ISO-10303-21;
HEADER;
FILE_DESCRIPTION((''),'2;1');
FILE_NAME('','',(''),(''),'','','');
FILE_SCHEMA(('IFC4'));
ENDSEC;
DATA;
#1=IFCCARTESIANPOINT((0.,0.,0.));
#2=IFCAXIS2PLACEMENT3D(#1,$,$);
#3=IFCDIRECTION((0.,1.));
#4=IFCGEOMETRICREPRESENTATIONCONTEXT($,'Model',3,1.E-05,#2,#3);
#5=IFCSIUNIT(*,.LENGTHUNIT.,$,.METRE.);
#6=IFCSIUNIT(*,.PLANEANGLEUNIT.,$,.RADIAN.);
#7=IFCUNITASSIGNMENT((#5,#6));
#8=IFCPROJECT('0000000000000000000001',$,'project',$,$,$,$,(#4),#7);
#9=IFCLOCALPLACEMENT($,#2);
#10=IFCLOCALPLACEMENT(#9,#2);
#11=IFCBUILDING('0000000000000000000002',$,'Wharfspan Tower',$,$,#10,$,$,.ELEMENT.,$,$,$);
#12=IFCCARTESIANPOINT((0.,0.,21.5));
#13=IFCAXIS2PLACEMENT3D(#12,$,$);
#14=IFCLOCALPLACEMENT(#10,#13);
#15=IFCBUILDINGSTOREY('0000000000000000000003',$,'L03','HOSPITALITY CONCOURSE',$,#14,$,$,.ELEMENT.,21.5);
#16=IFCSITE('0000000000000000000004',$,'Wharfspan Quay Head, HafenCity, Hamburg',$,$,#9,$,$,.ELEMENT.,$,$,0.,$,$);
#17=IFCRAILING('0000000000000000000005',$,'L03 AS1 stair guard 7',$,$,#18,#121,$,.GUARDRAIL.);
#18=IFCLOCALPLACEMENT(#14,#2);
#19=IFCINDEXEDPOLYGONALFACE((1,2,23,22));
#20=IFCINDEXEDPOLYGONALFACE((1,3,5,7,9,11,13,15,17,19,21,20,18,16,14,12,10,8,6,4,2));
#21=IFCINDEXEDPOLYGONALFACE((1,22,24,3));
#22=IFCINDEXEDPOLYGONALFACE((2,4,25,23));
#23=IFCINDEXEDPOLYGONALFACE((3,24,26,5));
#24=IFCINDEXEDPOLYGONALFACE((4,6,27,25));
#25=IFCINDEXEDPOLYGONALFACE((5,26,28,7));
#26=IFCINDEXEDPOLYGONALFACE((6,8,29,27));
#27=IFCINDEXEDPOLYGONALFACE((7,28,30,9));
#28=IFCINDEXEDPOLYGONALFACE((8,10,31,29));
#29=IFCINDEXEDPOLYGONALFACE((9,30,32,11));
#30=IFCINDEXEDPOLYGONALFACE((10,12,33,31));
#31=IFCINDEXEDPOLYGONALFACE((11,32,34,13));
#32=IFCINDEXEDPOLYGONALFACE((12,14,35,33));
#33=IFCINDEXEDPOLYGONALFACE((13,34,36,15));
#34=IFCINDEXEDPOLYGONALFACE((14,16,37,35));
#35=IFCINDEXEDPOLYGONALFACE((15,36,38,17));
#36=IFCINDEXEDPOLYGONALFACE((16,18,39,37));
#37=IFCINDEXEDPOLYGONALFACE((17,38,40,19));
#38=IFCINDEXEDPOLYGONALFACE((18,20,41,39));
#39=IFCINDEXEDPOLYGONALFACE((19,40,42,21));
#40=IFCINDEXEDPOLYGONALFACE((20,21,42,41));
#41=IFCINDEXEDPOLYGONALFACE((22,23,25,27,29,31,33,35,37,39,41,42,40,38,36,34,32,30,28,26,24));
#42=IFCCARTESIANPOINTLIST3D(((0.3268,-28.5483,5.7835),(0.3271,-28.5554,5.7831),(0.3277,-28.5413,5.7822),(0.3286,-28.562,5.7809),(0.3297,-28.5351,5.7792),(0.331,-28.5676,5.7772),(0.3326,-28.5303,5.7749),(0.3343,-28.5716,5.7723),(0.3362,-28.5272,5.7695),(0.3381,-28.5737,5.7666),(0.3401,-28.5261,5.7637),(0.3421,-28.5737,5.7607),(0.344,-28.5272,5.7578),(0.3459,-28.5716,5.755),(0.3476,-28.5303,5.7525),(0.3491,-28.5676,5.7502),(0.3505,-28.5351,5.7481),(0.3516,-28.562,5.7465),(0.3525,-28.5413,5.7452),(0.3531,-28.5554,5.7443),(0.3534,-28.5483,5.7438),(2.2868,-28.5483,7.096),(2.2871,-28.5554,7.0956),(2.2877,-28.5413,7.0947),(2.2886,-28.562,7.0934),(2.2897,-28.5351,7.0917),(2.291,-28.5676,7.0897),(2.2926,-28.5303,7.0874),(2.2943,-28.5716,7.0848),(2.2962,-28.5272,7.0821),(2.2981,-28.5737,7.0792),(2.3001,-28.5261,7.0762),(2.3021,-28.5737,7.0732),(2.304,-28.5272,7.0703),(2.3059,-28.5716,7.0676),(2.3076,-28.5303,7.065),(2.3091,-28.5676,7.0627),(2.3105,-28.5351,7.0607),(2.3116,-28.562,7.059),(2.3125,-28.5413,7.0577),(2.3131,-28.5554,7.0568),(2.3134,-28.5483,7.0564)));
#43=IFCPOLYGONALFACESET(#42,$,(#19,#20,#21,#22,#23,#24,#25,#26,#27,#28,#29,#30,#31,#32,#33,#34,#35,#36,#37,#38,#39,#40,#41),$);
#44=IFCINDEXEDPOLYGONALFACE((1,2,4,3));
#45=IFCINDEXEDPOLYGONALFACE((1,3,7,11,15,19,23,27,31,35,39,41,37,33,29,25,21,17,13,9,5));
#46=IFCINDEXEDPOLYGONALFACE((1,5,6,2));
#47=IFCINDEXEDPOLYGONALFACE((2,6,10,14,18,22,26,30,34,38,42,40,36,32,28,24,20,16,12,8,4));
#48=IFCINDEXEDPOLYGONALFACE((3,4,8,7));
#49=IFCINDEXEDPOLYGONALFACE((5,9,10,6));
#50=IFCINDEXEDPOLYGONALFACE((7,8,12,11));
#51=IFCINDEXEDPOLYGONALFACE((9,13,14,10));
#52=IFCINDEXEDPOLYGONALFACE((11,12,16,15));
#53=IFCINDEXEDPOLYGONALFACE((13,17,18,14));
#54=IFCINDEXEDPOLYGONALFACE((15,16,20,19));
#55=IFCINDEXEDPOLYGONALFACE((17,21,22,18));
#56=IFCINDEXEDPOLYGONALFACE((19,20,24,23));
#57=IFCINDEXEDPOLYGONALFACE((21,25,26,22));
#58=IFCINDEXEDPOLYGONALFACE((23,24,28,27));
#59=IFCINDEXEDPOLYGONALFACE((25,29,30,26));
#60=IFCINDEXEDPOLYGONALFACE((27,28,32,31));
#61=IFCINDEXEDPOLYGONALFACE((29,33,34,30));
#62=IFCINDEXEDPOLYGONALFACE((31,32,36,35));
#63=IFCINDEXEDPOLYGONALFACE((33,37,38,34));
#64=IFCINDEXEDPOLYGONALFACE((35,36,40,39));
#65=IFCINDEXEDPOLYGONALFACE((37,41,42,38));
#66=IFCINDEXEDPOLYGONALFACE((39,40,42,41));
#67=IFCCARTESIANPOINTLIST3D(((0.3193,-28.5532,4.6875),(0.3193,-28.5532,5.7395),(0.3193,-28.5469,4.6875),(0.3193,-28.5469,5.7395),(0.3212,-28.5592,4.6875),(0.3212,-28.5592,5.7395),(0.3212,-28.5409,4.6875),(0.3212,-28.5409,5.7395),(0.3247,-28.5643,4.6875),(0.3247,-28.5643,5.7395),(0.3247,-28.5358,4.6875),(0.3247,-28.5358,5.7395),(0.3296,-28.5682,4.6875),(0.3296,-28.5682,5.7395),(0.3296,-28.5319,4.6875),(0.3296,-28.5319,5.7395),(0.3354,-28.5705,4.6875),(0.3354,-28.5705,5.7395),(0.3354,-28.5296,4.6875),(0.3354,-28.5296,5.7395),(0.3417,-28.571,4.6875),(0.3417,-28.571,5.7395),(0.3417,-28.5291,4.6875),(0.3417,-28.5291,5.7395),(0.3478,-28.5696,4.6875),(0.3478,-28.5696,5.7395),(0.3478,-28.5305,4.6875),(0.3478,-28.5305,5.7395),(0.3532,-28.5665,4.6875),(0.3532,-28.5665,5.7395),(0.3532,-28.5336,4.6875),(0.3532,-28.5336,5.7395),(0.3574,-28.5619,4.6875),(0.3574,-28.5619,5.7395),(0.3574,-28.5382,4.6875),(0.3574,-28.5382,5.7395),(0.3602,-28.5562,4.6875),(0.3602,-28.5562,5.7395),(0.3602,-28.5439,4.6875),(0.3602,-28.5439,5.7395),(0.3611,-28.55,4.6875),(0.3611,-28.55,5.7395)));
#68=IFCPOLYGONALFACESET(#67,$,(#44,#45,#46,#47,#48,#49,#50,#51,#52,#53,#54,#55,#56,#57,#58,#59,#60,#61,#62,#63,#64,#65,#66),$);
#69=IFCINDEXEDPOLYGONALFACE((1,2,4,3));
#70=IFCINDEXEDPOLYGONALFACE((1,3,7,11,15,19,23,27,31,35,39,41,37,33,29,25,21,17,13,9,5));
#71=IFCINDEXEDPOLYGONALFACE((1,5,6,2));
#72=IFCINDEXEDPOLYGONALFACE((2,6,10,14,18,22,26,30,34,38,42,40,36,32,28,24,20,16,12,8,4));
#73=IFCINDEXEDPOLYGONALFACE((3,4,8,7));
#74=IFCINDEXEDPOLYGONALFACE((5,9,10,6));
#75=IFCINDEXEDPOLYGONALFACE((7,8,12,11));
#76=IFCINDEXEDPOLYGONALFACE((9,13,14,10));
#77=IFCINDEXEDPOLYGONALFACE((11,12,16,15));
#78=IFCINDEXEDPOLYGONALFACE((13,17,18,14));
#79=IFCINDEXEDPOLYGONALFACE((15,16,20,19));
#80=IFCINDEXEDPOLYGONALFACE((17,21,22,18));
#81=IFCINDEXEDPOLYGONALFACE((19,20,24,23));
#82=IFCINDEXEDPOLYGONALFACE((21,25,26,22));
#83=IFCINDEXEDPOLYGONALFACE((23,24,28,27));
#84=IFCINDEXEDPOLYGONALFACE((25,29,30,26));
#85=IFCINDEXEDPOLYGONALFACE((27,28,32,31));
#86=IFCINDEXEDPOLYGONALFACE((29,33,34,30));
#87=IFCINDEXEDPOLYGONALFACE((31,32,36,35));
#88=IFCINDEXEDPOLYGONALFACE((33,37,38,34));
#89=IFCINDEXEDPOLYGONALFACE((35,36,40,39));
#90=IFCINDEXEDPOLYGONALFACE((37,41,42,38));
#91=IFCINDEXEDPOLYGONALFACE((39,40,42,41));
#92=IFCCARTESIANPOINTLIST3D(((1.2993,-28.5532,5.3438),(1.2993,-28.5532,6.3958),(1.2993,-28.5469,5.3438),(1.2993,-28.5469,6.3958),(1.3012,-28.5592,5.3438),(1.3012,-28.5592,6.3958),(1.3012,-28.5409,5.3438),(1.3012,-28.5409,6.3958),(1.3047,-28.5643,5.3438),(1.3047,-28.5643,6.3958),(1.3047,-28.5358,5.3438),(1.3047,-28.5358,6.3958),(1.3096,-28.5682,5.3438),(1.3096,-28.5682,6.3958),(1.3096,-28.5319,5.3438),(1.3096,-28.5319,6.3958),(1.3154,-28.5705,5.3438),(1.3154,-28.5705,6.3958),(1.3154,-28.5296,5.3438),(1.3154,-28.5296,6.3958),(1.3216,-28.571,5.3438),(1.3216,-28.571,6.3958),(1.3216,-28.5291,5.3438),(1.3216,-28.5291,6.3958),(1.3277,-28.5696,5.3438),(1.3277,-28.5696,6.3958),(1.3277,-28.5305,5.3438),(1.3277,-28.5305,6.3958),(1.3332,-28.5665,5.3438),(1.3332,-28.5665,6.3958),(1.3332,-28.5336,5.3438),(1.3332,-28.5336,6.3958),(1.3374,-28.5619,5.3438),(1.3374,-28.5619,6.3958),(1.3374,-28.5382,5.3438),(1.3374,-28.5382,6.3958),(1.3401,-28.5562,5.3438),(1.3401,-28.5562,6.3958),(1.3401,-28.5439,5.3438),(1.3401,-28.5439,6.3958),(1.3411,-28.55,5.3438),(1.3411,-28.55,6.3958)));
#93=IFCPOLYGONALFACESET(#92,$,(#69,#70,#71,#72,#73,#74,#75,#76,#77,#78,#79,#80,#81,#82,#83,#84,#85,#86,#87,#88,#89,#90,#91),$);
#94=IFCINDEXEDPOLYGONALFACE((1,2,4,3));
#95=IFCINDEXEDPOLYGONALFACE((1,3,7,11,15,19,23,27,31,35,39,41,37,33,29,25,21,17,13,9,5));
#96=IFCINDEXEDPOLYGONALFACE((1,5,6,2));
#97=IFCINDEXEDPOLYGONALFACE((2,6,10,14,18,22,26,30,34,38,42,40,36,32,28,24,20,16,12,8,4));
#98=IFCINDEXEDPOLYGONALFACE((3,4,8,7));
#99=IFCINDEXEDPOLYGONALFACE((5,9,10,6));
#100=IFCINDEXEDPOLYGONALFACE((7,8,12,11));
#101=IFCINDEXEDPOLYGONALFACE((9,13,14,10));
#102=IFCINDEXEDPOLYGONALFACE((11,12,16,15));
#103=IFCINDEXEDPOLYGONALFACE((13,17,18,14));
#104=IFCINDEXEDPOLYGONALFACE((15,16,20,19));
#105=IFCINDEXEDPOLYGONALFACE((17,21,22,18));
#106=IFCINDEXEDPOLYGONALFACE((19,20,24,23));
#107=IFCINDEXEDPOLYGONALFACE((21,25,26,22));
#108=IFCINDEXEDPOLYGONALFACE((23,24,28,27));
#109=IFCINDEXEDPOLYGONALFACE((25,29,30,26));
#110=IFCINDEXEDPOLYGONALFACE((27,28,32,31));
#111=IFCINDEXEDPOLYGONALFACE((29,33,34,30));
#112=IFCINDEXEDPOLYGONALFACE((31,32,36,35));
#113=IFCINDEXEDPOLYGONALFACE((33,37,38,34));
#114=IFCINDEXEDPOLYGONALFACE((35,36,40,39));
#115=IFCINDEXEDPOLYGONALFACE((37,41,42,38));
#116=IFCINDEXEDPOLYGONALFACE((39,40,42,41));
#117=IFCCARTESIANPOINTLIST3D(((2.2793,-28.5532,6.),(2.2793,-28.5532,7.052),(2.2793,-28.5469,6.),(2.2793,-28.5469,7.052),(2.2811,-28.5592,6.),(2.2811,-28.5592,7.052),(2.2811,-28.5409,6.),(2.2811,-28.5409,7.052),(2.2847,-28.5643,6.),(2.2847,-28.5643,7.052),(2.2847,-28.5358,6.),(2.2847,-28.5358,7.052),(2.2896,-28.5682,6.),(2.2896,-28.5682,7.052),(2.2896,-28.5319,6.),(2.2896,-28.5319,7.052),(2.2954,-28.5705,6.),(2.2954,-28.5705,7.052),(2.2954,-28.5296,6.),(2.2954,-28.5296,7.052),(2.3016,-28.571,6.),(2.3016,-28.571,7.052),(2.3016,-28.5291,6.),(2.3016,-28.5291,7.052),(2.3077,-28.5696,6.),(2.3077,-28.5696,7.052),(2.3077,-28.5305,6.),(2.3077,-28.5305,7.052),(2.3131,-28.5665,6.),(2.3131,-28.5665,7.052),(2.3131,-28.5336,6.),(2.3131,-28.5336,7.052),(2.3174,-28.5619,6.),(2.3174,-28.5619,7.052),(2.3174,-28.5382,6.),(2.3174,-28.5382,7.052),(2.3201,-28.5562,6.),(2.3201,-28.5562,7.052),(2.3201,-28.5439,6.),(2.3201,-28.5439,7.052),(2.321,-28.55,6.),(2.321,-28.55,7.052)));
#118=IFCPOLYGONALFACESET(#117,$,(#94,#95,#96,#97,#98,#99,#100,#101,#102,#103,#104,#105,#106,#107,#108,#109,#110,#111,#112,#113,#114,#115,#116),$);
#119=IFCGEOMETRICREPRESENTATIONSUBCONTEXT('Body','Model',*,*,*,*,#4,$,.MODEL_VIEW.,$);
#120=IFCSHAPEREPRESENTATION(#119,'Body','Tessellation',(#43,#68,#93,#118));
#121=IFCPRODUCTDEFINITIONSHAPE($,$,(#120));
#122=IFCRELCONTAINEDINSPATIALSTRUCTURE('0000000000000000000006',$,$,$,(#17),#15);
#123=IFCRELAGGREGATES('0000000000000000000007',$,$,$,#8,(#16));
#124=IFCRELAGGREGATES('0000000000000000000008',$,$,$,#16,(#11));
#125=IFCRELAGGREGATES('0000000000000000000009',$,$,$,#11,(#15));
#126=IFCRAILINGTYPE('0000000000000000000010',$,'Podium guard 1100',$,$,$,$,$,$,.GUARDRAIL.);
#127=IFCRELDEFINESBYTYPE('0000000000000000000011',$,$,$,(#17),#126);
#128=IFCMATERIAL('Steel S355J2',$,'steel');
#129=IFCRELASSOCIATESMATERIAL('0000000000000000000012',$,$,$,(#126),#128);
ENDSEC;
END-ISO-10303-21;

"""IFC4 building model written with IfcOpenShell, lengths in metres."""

from ifc_helpers import new_model, si_unit, direction, frame, origin, origin_2d, place, context, subcontext, project, spatial, circle, extrude, material, type_object, element, save


model = new_model("IFC4")

# Units and contexts
model_context = context("Model", 3, precision=1e-05, world=origin(), true_north=direction((0.0, 1.0)))
body_context = subcontext(model_context, "Body", "Model", "MODEL_VIEW")
ifc_project = project(units=[si_unit("LENGTHUNIT", "METRE"), si_unit("PLANEANGLEUNIT", "RADIAN")], contexts=[model_context])

# Site, building, storey
site_placement = place(None, origin())
site = spatial("IfcSite", under=ifc_project, at=site_placement, Name="Wharfspan Quay Head, HafenCity, Hamburg", CompositionType="ELEMENT", RefElevation=0.0)
building_placement = place(site_placement, origin())
building = spatial("IfcBuilding", under=site, at=building_placement, Name="Wharfspan Tower", CompositionType="ELEMENT")
storey_placement = place(building_placement, frame((0.0, 0.0, 21.5)))
storey = spatial("IfcBuildingStorey", under=building, at=storey_placement, Name="L03", Description="HOSPITALITY CONCOURSE", CompositionType="ELEMENT", Elevation=21.5)

# Railing
ifc_material_1 = material(Name="Steel S355J2", Category="steel")
railing_type_1 = type_object("IfcRailingType", Name="Podium guard 1100", PredefinedType="GUARDRAIL", material=ifc_material_1)
railing_1_placement = place(storey_placement, frame((0.3401, -28.55, 4.6875)))
element("IfcRailing", 1, at=railing_1_placement, inside=storey, type_object=railing_type_1, Name="L03 AS1 stair guard 7", PredefinedType="GUARDRAIL", context=body_context, shape_type="SweptSolid", body=[
    extrude(circle(Radius=0.0239, at=origin_2d()), frame((0.0, 0.0, 1.0762), z_axis=(0.830902, 0.0, 0.556419), x_axis=(0.0, 1.0, 0.0)), (0.0, 0.0, 1.0), 2.3589),
    extrude(circle(Radius=0.021, at=origin_2d()), origin(), (0.0, 0.0, 1.0), 1.052),
    extrude(circle(Radius=0.021, at=origin_2d()), frame((0.98, 0.0, 0.6562)), (0.0, 0.0, 1.0), 1.052),
    extrude(circle(Radius=0.021, at=origin_2d()), frame((1.96, 0.0, 1.3125)), (0.0, 0.0, 1.0), 1.052),
])

save(model, "model.ifc")
